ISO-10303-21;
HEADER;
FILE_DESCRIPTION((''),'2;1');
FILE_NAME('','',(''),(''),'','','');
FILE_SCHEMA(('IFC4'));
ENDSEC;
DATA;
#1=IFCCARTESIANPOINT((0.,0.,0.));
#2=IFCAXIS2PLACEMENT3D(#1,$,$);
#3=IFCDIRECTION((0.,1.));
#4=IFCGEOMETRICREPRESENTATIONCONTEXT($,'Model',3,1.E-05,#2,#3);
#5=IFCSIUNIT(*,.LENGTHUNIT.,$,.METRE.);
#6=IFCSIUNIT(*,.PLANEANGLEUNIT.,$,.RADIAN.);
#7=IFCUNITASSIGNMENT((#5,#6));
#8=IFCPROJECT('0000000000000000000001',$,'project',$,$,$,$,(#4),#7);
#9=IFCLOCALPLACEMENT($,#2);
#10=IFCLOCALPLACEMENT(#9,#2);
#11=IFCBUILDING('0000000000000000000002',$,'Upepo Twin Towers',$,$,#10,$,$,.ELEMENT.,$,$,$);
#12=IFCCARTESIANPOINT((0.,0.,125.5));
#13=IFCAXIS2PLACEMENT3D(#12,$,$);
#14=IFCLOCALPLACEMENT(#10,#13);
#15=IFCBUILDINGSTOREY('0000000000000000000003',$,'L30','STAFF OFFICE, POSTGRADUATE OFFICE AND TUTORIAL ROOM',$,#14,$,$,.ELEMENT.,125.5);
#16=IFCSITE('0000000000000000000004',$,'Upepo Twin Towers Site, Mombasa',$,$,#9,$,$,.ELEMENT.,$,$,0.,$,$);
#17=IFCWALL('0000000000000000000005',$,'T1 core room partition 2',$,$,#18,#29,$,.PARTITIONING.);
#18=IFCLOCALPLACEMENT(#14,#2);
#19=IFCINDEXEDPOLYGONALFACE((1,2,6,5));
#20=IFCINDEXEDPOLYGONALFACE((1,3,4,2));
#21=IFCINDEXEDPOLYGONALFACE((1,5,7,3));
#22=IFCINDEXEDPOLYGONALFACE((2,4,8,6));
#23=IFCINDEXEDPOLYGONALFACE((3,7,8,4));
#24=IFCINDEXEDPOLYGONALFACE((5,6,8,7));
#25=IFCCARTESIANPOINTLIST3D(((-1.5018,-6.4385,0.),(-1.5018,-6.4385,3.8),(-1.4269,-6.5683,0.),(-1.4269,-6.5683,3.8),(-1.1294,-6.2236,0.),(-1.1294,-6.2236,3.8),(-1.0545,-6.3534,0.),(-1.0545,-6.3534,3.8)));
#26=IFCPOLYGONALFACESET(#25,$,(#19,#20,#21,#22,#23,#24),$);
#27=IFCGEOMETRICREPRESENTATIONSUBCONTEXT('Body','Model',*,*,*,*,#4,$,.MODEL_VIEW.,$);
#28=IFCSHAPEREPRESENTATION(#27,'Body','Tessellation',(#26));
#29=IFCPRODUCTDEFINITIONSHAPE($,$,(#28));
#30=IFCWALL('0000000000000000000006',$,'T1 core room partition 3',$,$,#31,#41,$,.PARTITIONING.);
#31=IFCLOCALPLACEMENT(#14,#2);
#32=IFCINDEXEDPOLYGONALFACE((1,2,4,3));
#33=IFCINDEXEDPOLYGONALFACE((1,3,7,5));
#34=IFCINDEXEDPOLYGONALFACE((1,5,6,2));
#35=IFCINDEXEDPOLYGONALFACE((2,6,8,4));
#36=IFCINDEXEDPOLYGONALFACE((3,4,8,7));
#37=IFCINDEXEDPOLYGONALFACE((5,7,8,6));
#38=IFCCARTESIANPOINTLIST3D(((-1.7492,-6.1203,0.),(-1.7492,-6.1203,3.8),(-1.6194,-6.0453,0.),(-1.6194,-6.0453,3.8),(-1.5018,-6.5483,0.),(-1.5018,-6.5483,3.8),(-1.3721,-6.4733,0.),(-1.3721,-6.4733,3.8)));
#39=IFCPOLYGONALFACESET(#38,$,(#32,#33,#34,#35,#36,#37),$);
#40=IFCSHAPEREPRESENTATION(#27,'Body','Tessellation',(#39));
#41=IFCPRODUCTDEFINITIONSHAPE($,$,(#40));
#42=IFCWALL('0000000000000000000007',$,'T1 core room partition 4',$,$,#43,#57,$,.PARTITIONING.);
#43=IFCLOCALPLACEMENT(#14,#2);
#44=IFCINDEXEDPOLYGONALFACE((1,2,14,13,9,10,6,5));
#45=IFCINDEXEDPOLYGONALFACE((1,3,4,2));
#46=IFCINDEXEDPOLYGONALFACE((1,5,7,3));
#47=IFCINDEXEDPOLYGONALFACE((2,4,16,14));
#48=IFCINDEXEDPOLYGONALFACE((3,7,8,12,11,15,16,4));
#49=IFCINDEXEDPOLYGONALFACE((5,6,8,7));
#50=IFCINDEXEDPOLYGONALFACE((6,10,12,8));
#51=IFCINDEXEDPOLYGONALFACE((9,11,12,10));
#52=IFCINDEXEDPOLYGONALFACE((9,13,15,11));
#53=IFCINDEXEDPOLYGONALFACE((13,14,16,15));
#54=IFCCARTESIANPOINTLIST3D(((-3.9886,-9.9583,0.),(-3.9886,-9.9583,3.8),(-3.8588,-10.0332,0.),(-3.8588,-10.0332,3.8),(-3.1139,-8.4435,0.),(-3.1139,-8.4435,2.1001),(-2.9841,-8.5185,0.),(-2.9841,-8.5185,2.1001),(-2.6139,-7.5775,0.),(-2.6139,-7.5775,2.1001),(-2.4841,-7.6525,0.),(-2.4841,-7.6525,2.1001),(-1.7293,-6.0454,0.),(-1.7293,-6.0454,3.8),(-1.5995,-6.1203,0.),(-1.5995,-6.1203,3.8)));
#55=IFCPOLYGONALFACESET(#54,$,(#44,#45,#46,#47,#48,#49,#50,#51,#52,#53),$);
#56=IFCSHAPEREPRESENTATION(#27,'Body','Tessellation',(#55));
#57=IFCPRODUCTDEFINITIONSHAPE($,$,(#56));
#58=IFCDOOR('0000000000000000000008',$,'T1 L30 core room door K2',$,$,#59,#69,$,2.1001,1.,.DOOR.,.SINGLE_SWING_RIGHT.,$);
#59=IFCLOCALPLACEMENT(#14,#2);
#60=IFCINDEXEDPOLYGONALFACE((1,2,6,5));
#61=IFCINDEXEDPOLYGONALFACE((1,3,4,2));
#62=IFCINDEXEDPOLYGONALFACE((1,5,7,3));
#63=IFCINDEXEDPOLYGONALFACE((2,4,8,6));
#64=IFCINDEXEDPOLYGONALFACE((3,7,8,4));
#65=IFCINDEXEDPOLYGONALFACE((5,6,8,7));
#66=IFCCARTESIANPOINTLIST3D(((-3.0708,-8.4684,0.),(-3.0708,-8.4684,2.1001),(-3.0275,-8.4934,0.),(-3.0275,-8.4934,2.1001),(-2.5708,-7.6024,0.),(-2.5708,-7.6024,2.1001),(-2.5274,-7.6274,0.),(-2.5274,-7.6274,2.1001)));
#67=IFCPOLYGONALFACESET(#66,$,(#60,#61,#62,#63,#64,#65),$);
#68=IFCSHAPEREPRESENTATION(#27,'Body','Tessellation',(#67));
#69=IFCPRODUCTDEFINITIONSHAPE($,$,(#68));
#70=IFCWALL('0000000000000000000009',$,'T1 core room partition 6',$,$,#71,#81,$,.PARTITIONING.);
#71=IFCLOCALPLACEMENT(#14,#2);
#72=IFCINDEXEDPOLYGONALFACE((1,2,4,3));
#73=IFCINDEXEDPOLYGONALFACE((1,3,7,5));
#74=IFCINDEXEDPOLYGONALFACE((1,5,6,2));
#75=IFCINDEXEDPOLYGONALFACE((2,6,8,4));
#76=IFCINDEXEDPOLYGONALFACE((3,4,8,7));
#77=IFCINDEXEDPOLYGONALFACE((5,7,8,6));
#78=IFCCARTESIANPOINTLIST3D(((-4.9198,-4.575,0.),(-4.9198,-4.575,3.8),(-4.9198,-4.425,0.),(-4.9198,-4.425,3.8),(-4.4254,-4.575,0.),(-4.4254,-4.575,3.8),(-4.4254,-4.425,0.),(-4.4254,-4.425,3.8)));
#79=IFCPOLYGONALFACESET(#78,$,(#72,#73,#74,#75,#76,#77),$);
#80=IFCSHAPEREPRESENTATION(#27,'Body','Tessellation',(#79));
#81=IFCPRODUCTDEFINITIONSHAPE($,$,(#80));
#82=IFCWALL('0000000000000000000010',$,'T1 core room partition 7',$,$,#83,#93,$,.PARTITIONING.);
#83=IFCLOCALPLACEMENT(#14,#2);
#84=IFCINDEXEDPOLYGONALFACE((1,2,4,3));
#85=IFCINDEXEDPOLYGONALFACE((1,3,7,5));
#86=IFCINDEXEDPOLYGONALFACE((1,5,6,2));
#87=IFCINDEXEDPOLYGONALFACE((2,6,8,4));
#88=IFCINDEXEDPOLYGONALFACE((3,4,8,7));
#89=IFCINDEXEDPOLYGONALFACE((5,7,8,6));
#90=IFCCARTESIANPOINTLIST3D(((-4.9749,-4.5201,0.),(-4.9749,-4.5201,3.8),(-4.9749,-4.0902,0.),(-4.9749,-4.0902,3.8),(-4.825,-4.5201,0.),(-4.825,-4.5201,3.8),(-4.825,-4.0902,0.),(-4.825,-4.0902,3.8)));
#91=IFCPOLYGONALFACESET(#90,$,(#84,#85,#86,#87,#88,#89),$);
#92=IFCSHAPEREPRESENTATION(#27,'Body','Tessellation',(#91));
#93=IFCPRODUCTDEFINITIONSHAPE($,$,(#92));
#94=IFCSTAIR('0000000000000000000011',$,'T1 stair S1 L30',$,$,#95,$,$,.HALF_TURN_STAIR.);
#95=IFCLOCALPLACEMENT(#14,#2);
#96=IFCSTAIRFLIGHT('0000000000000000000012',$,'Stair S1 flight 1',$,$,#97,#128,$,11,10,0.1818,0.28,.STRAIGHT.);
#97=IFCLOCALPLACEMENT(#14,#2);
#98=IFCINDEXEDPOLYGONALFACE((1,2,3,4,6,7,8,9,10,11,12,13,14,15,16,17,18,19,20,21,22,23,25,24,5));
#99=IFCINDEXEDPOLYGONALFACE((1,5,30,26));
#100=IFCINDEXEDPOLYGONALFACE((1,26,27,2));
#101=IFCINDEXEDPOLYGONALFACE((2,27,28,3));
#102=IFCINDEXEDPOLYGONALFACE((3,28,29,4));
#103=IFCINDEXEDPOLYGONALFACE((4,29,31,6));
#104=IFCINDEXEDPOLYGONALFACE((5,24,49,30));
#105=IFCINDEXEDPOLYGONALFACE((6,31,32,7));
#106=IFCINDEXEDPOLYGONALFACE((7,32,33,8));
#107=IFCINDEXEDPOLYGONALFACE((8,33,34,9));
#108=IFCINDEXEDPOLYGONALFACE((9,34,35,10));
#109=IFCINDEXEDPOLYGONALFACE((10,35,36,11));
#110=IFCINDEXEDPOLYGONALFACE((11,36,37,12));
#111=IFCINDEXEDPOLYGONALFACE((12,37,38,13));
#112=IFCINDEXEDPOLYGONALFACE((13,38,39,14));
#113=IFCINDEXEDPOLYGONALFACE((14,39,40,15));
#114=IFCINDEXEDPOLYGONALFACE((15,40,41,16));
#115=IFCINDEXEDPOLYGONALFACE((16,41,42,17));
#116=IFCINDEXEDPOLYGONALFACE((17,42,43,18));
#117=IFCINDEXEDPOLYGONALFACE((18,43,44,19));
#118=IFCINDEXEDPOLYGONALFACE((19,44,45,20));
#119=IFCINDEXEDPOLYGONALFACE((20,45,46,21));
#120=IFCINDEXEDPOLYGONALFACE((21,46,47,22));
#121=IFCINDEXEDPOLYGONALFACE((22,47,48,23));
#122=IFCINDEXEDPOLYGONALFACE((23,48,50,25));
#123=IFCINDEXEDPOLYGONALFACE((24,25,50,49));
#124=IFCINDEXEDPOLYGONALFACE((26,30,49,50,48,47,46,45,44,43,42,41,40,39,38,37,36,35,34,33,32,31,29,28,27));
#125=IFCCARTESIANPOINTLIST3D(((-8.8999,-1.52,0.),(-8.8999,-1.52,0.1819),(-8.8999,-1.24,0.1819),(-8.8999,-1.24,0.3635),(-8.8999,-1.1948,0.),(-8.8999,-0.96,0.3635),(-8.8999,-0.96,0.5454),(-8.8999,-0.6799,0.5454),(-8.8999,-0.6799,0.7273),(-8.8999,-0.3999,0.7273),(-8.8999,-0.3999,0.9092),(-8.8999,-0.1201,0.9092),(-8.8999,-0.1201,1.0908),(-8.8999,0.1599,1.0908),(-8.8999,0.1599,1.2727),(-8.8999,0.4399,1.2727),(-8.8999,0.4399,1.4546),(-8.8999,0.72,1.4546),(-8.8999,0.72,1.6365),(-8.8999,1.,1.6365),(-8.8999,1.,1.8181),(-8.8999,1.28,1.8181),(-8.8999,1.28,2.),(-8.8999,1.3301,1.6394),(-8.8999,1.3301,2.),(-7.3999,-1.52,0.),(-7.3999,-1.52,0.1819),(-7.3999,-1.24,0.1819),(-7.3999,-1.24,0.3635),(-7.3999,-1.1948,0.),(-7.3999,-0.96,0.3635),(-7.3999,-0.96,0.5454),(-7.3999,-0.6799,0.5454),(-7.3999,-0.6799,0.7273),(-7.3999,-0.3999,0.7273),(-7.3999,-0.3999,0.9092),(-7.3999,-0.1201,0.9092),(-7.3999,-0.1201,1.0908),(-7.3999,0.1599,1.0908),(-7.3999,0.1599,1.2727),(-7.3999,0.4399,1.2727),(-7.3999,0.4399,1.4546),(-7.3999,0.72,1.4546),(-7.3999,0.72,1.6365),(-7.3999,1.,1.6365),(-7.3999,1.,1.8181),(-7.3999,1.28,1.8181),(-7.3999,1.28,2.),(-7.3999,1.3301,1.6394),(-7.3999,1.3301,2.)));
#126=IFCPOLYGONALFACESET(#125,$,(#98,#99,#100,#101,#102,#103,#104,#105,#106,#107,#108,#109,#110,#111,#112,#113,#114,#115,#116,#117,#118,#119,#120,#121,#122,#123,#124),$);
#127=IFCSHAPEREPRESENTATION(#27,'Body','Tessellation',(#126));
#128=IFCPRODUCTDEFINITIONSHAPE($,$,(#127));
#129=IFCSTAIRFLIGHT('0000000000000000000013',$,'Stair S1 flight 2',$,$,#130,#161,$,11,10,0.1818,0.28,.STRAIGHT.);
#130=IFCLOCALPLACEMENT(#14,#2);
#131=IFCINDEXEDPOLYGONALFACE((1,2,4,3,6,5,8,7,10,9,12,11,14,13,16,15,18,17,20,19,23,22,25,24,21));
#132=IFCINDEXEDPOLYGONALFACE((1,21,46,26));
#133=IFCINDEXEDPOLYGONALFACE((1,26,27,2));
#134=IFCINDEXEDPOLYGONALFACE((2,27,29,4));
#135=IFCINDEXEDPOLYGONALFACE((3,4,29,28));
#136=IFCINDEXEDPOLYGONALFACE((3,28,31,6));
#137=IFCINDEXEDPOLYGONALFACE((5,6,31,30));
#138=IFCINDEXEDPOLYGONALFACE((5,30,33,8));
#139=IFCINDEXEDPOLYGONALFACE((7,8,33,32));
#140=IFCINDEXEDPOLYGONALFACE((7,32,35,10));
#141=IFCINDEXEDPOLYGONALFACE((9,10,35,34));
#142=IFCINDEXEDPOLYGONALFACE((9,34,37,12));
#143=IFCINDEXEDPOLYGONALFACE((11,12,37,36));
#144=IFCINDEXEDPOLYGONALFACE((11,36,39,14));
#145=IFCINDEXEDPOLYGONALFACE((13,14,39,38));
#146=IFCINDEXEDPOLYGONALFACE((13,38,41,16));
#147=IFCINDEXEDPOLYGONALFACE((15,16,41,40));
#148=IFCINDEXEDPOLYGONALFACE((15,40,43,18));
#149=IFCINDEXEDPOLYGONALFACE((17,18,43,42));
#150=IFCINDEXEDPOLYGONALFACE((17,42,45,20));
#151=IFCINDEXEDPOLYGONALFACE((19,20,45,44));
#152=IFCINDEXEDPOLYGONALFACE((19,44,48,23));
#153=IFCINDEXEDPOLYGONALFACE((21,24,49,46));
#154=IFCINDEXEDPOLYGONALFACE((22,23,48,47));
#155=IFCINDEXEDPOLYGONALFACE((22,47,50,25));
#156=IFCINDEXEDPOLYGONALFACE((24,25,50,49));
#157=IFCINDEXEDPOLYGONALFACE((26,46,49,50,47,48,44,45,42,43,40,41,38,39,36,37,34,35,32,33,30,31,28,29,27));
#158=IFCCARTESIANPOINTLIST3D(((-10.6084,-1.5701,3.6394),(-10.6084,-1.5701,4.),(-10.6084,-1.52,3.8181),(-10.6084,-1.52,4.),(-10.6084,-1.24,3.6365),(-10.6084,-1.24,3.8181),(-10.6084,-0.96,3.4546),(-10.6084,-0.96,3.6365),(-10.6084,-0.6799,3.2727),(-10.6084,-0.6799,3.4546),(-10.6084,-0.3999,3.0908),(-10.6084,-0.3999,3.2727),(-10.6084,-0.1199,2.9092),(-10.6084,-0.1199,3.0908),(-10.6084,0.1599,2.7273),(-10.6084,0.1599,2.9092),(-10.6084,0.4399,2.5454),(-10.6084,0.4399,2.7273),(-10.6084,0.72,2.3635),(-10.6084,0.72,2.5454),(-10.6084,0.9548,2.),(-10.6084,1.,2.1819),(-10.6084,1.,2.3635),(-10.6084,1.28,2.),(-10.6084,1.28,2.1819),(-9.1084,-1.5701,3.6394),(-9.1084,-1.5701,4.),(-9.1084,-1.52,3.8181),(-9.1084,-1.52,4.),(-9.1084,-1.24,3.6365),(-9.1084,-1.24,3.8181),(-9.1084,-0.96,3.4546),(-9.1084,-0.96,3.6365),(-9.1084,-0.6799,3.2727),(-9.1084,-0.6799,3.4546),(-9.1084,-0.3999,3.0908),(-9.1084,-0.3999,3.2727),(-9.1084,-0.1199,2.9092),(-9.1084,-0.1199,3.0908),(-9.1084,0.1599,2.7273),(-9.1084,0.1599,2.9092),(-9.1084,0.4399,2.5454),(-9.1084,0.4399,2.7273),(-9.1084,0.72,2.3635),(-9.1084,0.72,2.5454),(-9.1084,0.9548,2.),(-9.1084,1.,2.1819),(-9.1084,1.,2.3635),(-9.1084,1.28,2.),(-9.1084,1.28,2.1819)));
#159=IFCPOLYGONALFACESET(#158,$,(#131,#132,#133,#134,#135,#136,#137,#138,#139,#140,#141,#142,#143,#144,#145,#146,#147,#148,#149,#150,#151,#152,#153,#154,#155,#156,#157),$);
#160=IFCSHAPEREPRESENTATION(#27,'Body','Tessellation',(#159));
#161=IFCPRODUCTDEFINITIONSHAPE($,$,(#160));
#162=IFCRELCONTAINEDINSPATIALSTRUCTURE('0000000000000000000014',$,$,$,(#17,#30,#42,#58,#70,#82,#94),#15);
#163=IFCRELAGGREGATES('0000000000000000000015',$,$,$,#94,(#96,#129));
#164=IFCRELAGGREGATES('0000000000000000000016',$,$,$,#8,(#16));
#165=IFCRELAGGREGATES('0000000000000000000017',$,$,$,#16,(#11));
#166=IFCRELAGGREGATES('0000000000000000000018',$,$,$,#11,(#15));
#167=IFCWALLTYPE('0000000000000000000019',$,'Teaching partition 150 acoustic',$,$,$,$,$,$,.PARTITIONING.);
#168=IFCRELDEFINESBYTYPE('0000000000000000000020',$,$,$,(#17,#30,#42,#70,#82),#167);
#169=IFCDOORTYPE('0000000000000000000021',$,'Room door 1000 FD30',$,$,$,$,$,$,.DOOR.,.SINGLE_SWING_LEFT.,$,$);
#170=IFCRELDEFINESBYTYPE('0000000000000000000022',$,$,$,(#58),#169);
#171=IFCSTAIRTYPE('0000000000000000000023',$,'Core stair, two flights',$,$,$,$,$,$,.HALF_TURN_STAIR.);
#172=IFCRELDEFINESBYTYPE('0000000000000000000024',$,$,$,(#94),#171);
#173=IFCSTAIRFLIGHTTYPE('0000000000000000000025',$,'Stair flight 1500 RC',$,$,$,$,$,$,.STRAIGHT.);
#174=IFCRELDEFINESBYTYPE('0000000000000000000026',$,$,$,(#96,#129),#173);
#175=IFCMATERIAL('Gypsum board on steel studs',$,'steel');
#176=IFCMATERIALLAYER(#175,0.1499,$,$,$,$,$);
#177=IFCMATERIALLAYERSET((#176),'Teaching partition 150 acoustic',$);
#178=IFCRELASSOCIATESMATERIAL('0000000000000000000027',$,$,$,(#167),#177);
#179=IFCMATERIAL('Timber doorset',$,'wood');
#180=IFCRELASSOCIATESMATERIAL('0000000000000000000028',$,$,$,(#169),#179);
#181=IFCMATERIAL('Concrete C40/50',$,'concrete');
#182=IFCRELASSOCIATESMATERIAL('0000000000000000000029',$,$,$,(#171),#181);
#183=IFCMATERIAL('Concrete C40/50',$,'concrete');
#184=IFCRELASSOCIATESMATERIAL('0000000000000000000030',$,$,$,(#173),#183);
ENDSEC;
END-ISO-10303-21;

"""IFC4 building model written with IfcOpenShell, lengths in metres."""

from ifc_helpers import new_model, si_unit, direction, frame, frame_2d, origin, place, context, subcontext, project, spatial, polyline, rectangle, outline, extrude, material, layer, layer_set, type_object, element, fill, aggregate, save


model = new_model("IFC4")

# Units and contexts
model_context = context("Model", 3, precision=1e-05, world=origin(), true_north=direction((0.0, 1.0)))
body_context = subcontext(model_context, "Body", "Model", "MODEL_VIEW")
ifc_project = project(units=[si_unit("LENGTHUNIT", "METRE"), si_unit("PLANEANGLEUNIT", "RADIAN")], contexts=[model_context])

# Site, building, storey
site_placement = place(None, origin())
site = spatial("IfcSite", under=ifc_project, at=site_placement, Name="Upepo Twin Towers Site, Mombasa", CompositionType="ELEMENT", RefElevation=0.0)
building_placement = place(site_placement, origin())
building = spatial("IfcBuilding", under=site, at=building_placement, Name="Upepo Twin Towers", CompositionType="ELEMENT")
storey_placement = place(building_placement, frame((0.0, 0.0, 125.5)))
storey = spatial("IfcBuildingStorey", under=building, at=storey_placement, Name="L30", Description="STAFF OFFICE, POSTGRADUATE OFFICE AND TUTORIAL ROOM", CompositionType="ELEMENT", Elevation=125.5)

# Walls
ifc_material_1 = material(Name="Gypsum board on steel studs", Category="steel")
ifc_layer_1 = layer(ifc_material_1, 0.1499)
ifc_layer_set_1 = layer_set([ifc_layer_1], Name="Teaching partition 150 acoustic")
wall_type_1 = type_object("IfcWallType", Name="Teaching partition 150 acoustic", PredefinedType="PARTITIONING", material=ifc_layer_set_1)
wall_1_placement = place(storey_placement, frame((-1.092, -6.2886, 0.0), z_axis=(0.0, 0.0, 1.0), x_axis=(-0.866138, -0.499804, 0.0)))
element("IfcWall", 1, at=wall_1_placement, inside=storey, type_object=wall_type_1, Name="T1 core room partition 2", PredefinedType="PARTITIONING", context=body_context, shape_type="SweptSolid", body=[
    extrude(rectangle(XDim=0.4299, YDim=0.1499, at=frame_2d((0.2148, 0.0))), origin(), (0.0, 0.0, 1.0), 3.8),
])
wall_2_placement = place(storey_placement, frame((-1.437, -6.5107, 0.0), z_axis=(0.0, 0.0, 1.0), x_axis=(-0.500335, 0.865832, 0.0)))
element("IfcWall", 2, at=wall_2_placement, inside=storey, type_object=wall_type_1, Name="T1 core room partition 3", PredefinedType="PARTITIONING", context=body_context, shape_type="SweptSolid", body=[
    extrude(rectangle(XDim=0.4944, YDim=0.1499, at=frame_2d((0.2471, 0.0))), origin(), (0.0, 0.0, 1.0), 3.8),
])

# Wall, opening, door
wall_3_placement = place(storey_placement, frame((-1.6643, -6.0828, 0.0), z_axis=(0.0, 0.0, 1.0), x_axis=(-0.500033, -0.866007, 0.0)))
wall_3 = element("IfcWall", 3, at=wall_3_placement, inside=storey, type_object=wall_type_1, Name="T1 core room partition 4", PredefinedType="PARTITIONING", context=body_context, shape_type="SweptSolid", body=[
    extrude(rectangle(XDim=4.5183, YDim=0.1499, at=frame_2d((2.2593, 0.0))), origin(), (0.0, 0.0, 1.0), 3.8),
])
opening_1_placement = place(wall_3_placement, frame((1.7693, 0.0, 0.0)))
opening_1 = element("IfcOpeningElement", 4, at=opening_1_placement, cuts=wall_3, PredefinedType="OPENING", context=body_context, shape_type="SweptSolid", body=[
    extrude(rectangle(XDim=1.0, YDim=2.1001, at=frame_2d((0.5, 1.05))), frame((0.0, 0.085, 0.0), z_axis=(0.0, -1.0, 0.0), x_axis=(1.0, 0.0, 0.0)), (0.0, 0.0, 1.0), 0.1699),
])
ifc_material_2 = material(Name="Timber doorset", Category="wood")
door_type_1 = type_object("IfcDoorType", Name="Room door 1000 FD30", OperationType="SINGLE_SWING_LEFT", PredefinedType="DOOR", material=ifc_material_2)
door_1_placement = place(opening_1_placement, origin())
door_1 = element("IfcDoor", 5, at=door_1_placement, inside=storey, type_object=door_type_1, Name="T1 L30 core room door K2", OperationType="SINGLE_SWING_RIGHT", OverallHeight=2.1001, OverallWidth=1.0, PredefinedType="DOOR", context=body_context, shape_type="SweptSolid", body=[
    extrude(rectangle(XDim=1.0, YDim=2.1001, at=frame_2d((0.5, 1.05))), frame((0.0, 0.0249, 0.0), z_axis=(0.0, -1.0, 0.0), x_axis=(1.0, 0.0, 0.0)), (0.0, 0.0, 1.0), 0.05),
])
fill(opening_1, door_1)

# Walls
wall_4_placement = place(storey_placement, frame((-4.4255, -4.5, 0.0), z_axis=(0.0, 0.0, 1.0), x_axis=(-1.0, 0.0, 0.0)))
element("IfcWall", 6, at=wall_4_placement, inside=storey, type_object=wall_type_1, Name="T1 core room partition 6", PredefinedType="PARTITIONING", context=body_context, shape_type="SweptSolid", body=[
    extrude(rectangle(XDim=0.4944, YDim=0.1499, at=frame_2d((0.2471, 0.0))), origin(), (0.0, 0.0, 1.0), 3.8),
])
wall_5_placement = place(storey_placement, frame((-4.8999, -4.52, 0.0), z_axis=(0.0, 0.0, 1.0), x_axis=(0.0, 1.0, 0.0)))
element("IfcWall", 7, at=wall_5_placement, inside=storey, type_object=wall_type_1, Name="T1 core room partition 7", PredefinedType="PARTITIONING", context=body_context, shape_type="SweptSolid", body=[
    extrude(rectangle(XDim=0.4299, YDim=0.1499, at=frame_2d((0.2148, 0.0))), origin(), (0.0, 0.0, 1.0), 3.8),
])

# Stair, stair flights
ifc_material_3 = material(Name="Concrete C40/50", Category="concrete")
stair_type = type_object("IfcStairType", Name="Core stair, two flights", PredefinedType="HALF_TURN_STAIR", material=ifc_material_3)
stair_placement = place(storey_placement, origin())
stair = element("IfcStair", 8, at=stair_placement, inside=storey, type_object=stair_type, Name="T1 stair S1 L30", PredefinedType="HALF_TURN_STAIR")
ifc_material_4 = material(Name="Concrete C40/50", Category="concrete")
stair_flight_type = type_object("IfcStairFlightType", Name="Stair flight 1500 RC", PredefinedType="STRAIGHT", material=ifc_material_4)
stair_flight_1_placement = place(storey_placement, frame((-8.1499, -1.52, 0.0), z_axis=(0.0, 0.0, 1.0), x_axis=(0.0, 1.0, 0.0)))
stair_flight_1 = element("IfcStairFlight", 9, at=stair_flight_1_placement, type_object=stair_flight_type, Name="Stair S1 flight 1", NumberOfRisers=11, NumberOfTreads=10, PredefinedType="STRAIGHT", RiserHeight=0.1818, TreadLength=0.28, context=body_context, shape_type="SweptSolid", body=[
    extrude(outline(polyline([(0.0, 0.0), (0.0, 0.1819), (0.28, 0.1819), (0.28, 0.3635), (0.5601, 0.3635), (0.5601, 0.5454), (0.8401, 0.5454), (0.8401, 0.7273), (1.1201, 0.7273), (1.1201, 0.9092), (1.3999, 0.9092), (1.3999, 1.0908), (1.6799, 1.0908), (1.6799, 1.2727), (1.96, 1.2727), (1.96, 1.4546), (2.24, 1.4546), (2.24, 1.6365), (2.52, 1.6365), (2.52, 1.8181), (2.8, 1.8181), (2.8, 2.0), (2.8501, 2.0), (2.8501, 1.6394), (0.3252, 0.0), (0.0, 0.0)])), frame((0.0, 0.75, 0.0), z_axis=(0.0, -1.0, 0.0), x_axis=(1.0, 0.0, 0.0)), (0.0, 0.0, 1.0), 1.5),
])
stair_flight_2_placement = place(storey_placement, frame((-9.8584, 1.28, 2.0), z_axis=(0.0, 0.0, 1.0), x_axis=(0.0, -1.0, 0.0)))
stair_flight_2 = element("IfcStairFlight", 10, at=stair_flight_2_placement, type_object=stair_flight_type, Name="Stair S1 flight 2", NumberOfRisers=11, NumberOfTreads=10, PredefinedType="STRAIGHT", RiserHeight=0.1818, TreadLength=0.28, context=body_context, shape_type="SweptSolid", body=[
    extrude(outline(polyline([(0.0, 0.0), (0.0, 0.1819), (0.28, 0.1819), (0.28, 0.3635), (0.5601, 0.3635), (0.5601, 0.5454), (0.8401, 0.5454), (0.8401, 0.7273), (1.1201, 0.7273), (1.1201, 0.9092), (1.3999, 0.9092), (1.3999, 1.0908), (1.6799, 1.0908), (1.6799, 1.2727), (1.96, 1.2727), (1.96, 1.4546), (2.24, 1.4546), (2.24, 1.6365), (2.52, 1.6365), (2.52, 1.8181), (2.8, 1.8181), (2.8, 2.0), (2.8501, 2.0), (2.8501, 1.6394), (0.3252, 0.0), (0.0, 0.0)])), frame((0.0, 0.75, 0.0), z_axis=(0.0, -1.0, 0.0), x_axis=(1.0, 0.0, 0.0)), (0.0, 0.0, 1.0), 1.5),
])
aggregate(stair, [stair_flight_1, stair_flight_2])

save(model, "model.ifc")
